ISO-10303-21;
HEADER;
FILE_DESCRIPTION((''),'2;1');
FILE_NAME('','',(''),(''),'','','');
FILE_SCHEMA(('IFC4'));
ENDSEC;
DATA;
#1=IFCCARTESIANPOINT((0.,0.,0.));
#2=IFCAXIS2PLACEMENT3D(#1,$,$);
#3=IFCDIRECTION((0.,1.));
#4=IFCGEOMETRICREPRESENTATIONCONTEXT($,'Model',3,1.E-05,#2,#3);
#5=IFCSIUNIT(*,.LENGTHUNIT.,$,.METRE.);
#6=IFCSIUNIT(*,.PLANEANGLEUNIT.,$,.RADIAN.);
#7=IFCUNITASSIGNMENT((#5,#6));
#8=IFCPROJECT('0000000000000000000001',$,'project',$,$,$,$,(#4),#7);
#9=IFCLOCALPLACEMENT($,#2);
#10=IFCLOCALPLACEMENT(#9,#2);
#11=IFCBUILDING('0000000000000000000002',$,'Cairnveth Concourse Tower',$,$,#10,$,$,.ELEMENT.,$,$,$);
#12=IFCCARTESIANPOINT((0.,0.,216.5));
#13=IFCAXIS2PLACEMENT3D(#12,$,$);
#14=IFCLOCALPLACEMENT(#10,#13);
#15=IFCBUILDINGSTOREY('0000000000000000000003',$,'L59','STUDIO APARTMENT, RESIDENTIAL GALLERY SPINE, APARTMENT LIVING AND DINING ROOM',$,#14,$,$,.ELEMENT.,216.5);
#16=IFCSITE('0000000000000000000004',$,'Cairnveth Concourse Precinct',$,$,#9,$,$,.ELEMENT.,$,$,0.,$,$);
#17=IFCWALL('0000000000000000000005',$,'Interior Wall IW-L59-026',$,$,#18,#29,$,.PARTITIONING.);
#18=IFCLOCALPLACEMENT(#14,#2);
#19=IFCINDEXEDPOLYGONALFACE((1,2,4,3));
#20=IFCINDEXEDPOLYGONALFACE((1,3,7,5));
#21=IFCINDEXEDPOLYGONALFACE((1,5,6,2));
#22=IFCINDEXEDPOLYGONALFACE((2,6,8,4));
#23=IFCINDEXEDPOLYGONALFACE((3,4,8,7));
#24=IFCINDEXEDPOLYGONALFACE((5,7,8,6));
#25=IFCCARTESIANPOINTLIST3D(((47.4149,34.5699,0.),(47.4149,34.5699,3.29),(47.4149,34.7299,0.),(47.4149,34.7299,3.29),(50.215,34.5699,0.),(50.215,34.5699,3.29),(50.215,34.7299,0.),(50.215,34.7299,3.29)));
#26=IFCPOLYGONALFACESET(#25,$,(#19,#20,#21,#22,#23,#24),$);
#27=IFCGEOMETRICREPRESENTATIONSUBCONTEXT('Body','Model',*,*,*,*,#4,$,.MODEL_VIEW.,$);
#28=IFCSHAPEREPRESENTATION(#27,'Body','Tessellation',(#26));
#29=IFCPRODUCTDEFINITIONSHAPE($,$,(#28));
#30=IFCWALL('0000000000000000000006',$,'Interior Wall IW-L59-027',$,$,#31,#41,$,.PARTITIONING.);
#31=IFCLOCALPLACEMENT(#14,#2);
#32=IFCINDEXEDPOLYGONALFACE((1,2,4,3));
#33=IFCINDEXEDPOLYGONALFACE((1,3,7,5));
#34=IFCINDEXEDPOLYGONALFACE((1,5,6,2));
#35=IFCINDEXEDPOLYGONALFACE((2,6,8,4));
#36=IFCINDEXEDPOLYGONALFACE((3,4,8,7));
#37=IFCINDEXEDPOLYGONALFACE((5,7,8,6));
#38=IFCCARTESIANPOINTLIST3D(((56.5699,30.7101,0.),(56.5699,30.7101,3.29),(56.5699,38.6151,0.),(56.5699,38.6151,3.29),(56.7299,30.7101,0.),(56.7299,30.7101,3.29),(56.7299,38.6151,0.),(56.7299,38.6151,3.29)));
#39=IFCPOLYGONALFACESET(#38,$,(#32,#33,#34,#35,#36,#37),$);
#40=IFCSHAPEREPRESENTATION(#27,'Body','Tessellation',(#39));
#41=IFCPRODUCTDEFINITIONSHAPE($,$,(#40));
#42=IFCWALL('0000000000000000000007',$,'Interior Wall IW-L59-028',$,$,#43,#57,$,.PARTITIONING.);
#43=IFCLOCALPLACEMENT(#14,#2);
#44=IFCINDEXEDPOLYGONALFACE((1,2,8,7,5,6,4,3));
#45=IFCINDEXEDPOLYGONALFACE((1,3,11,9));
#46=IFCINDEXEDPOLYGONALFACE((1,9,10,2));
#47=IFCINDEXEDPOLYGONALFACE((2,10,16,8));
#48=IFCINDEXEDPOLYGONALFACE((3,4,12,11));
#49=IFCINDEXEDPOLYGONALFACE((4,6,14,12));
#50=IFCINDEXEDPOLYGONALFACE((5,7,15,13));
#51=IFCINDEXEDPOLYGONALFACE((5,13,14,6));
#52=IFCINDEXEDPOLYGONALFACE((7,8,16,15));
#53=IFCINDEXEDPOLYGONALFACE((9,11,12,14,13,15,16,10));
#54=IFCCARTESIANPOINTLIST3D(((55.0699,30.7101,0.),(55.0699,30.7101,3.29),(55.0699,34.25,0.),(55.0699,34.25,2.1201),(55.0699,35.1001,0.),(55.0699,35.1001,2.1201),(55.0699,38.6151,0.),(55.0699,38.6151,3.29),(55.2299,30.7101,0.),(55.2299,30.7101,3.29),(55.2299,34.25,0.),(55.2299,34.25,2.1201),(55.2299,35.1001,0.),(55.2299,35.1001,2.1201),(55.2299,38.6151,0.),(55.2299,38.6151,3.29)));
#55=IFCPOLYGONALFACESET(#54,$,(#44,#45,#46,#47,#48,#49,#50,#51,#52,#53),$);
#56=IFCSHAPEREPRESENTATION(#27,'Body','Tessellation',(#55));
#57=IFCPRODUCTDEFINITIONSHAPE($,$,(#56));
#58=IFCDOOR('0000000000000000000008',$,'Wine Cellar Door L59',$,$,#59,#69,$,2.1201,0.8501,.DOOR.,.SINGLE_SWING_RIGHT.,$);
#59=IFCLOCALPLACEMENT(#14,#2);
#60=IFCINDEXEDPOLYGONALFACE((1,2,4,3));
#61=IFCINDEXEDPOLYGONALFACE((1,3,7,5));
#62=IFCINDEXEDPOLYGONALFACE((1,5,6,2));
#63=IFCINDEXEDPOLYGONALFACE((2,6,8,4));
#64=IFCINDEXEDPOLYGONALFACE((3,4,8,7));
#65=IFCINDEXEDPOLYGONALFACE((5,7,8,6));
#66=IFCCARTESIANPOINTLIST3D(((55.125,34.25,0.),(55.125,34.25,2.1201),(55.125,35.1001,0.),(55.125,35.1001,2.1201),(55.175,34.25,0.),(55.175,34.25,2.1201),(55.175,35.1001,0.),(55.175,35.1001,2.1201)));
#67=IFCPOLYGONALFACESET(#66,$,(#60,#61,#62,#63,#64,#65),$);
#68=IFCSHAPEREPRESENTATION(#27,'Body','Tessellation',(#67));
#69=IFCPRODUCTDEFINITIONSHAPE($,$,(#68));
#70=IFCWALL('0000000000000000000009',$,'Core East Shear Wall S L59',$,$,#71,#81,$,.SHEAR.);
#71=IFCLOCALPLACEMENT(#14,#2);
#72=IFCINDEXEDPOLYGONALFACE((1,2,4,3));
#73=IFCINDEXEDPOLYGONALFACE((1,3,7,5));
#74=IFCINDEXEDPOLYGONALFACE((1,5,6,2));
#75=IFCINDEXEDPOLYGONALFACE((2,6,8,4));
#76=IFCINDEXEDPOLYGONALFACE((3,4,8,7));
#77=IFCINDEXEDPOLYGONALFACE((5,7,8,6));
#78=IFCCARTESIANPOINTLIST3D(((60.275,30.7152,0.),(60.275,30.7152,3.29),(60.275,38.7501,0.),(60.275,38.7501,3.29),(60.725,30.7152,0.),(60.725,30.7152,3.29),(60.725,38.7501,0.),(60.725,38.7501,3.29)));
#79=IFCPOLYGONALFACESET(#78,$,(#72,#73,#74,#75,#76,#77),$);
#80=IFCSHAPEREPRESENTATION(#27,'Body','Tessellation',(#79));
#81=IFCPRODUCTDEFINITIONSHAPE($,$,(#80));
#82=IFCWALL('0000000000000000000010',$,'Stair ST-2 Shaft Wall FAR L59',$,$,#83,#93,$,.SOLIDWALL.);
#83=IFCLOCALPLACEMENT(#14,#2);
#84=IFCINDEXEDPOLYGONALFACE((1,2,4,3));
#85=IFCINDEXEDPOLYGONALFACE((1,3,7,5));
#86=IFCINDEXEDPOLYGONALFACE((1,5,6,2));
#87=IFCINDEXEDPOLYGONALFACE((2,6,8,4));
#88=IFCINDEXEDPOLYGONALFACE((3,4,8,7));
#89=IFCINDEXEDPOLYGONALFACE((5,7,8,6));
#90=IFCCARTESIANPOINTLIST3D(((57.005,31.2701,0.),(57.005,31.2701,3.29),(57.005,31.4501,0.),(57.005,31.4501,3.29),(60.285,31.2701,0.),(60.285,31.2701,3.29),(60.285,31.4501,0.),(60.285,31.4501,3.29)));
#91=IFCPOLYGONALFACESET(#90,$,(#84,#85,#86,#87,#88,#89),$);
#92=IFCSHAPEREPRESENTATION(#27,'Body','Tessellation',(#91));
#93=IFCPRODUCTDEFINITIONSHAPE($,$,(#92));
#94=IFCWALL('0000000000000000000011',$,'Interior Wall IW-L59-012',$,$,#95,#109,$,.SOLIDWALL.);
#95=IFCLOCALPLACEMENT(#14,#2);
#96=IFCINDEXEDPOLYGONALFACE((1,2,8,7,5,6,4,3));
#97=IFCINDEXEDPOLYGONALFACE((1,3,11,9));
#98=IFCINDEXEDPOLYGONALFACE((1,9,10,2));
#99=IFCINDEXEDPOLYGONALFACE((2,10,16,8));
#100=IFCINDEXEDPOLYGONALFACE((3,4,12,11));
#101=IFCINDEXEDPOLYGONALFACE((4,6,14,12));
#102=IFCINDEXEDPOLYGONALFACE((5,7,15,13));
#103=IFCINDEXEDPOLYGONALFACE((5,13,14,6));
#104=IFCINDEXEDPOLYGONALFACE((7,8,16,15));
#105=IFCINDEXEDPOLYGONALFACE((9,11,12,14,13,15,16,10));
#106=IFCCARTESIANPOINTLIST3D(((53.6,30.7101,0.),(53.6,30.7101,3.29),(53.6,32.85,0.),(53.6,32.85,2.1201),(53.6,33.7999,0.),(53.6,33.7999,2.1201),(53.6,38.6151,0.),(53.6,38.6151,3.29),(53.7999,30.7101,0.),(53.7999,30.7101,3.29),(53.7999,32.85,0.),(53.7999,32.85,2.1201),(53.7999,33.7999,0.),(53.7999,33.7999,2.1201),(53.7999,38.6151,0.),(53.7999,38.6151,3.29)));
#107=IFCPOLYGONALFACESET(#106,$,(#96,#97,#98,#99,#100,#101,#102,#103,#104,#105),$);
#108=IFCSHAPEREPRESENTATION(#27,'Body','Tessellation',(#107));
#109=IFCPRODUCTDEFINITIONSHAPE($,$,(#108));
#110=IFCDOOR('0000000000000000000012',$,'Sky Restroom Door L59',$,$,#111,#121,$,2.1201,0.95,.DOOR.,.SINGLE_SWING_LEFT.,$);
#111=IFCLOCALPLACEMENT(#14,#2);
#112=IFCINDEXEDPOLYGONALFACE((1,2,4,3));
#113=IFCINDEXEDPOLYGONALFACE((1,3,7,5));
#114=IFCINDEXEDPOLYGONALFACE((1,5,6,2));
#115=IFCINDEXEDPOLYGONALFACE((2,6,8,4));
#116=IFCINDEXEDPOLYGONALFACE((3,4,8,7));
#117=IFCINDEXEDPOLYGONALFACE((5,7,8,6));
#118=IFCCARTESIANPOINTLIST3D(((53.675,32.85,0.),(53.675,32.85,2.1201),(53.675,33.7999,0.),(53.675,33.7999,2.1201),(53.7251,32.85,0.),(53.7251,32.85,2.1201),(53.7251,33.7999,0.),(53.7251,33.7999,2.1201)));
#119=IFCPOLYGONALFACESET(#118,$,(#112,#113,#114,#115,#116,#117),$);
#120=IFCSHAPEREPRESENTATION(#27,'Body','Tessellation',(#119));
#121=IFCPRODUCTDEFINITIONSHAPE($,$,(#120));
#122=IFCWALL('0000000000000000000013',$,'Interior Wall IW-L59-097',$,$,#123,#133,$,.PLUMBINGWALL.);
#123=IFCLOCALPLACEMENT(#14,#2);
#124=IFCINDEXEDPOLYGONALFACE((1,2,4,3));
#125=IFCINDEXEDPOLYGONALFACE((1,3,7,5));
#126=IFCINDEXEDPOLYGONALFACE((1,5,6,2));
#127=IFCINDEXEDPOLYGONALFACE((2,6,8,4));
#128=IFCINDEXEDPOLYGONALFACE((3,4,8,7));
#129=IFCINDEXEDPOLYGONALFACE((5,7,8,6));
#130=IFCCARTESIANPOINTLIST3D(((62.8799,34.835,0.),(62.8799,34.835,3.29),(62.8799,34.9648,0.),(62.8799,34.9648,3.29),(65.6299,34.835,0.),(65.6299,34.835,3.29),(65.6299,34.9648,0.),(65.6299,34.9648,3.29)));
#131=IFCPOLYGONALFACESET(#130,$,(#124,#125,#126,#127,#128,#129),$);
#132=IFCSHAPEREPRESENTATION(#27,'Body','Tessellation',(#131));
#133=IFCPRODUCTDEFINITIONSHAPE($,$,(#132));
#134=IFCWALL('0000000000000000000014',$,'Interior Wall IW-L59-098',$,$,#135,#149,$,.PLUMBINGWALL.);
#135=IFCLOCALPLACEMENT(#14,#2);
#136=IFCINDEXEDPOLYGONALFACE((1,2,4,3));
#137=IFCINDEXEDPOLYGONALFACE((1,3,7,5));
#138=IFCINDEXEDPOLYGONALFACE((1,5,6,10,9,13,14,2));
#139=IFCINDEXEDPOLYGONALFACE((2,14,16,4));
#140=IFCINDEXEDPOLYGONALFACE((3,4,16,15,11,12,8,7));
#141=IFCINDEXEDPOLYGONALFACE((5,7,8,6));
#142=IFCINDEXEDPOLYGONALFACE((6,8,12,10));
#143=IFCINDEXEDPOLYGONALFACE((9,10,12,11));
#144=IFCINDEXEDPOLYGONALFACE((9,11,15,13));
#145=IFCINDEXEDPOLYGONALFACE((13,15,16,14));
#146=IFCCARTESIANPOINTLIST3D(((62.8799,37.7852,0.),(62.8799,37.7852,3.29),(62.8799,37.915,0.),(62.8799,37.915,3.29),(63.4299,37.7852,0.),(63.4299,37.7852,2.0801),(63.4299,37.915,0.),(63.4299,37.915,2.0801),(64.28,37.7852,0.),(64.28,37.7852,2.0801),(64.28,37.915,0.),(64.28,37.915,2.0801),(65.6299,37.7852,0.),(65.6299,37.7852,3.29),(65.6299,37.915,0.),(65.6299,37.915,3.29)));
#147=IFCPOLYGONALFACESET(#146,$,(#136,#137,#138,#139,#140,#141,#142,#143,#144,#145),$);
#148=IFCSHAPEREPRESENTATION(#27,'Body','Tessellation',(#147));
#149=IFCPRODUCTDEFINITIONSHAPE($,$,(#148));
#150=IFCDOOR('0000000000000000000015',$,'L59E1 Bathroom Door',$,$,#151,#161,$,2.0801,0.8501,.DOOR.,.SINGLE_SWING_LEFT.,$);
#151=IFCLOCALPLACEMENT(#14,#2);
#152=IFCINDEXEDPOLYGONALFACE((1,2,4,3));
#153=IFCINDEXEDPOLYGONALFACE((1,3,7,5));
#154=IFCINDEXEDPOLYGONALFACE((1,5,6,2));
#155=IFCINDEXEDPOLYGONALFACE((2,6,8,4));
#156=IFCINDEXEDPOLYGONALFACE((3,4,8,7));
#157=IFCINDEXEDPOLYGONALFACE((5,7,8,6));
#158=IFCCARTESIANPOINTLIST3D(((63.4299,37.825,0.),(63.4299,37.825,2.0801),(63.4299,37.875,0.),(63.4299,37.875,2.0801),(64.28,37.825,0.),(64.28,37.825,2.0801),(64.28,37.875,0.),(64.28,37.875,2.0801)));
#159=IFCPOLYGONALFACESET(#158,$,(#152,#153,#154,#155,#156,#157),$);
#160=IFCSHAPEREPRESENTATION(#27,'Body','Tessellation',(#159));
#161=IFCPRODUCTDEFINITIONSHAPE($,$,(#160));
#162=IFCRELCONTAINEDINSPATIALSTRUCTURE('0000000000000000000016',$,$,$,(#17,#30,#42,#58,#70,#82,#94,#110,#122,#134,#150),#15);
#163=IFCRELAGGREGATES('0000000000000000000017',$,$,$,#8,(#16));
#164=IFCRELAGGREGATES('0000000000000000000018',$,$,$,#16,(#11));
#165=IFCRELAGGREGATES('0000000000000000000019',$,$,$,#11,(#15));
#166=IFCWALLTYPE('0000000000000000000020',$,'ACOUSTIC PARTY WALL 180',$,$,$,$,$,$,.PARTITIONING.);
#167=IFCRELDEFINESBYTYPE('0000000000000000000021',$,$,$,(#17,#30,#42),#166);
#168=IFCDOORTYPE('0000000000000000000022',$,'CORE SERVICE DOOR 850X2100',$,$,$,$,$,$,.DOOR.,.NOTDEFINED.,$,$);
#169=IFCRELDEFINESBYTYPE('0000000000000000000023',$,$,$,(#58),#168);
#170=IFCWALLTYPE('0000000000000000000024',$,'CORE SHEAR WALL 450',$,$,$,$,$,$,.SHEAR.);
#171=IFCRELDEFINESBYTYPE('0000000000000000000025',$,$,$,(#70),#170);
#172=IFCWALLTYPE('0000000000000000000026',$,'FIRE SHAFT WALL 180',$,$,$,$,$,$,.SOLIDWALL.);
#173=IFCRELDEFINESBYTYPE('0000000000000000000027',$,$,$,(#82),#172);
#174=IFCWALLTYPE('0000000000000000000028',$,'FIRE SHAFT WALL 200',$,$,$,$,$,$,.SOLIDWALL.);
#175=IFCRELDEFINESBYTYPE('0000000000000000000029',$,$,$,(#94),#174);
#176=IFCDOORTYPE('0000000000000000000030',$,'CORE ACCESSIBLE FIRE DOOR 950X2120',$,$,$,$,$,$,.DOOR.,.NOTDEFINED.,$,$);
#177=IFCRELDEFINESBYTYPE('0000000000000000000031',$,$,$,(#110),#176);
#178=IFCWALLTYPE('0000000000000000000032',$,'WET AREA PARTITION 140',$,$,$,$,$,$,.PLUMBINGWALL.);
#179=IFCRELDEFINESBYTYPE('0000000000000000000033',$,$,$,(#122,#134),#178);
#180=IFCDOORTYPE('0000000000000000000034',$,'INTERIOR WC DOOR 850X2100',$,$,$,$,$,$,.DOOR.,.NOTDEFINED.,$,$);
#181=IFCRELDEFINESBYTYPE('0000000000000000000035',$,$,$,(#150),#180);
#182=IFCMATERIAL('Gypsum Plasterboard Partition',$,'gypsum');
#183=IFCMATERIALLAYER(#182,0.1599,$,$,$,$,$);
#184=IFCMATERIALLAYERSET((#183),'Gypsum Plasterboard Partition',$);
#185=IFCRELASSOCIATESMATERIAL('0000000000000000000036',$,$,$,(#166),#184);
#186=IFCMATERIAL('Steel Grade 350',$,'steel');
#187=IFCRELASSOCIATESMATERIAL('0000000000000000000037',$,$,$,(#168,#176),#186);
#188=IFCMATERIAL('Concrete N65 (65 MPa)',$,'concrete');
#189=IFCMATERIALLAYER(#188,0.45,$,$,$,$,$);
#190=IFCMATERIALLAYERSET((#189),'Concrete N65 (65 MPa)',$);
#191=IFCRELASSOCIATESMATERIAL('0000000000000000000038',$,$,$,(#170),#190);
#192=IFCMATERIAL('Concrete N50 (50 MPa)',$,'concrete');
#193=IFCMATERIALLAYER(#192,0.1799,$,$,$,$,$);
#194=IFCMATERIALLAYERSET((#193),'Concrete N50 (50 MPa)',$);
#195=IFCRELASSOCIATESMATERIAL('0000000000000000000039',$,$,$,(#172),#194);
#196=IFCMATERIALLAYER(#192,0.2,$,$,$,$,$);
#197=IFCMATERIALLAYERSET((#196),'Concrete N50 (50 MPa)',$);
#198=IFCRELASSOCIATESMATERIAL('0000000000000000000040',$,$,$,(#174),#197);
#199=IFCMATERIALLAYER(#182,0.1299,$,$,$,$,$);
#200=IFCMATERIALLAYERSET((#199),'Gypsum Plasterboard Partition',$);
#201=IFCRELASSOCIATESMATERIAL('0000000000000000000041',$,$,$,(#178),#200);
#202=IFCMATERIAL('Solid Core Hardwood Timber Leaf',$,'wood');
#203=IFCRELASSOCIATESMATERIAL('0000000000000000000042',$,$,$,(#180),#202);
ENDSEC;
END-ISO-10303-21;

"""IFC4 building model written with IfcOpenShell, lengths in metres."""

from ifc_helpers import new_model, si_unit, direction, frame, frame_2d, origin, place, context, subcontext, project, spatial, rectangle, extrude, material, layer, layer_set, type_object, element, fill, save


model = new_model("IFC4")

# Units and contexts
model_context = context("Model", 3, precision=1e-05, world=origin(), true_north=direction((0.0, 1.0)))
body_context = subcontext(model_context, "Body", "Model", "MODEL_VIEW")
ifc_project = project(units=[si_unit("LENGTHUNIT", "METRE"), si_unit("PLANEANGLEUNIT", "RADIAN")], contexts=[model_context])

# Site, building, storey
site_placement = place(None, origin())
site = spatial("IfcSite", under=ifc_project, at=site_placement, Name="Cairnveth Concourse Precinct", CompositionType="ELEMENT", RefElevation=0.0)
building_placement = place(site_placement, origin())
building = spatial("IfcBuilding", under=site, at=building_placement, Name="Cairnveth Concourse Tower", CompositionType="ELEMENT")
storey_placement = place(building_placement, frame((0.0, 0.0, 216.5)))
storey = spatial("IfcBuildingStorey", under=building, at=storey_placement, Name="L59", Description="STUDIO APARTMENT, RESIDENTIAL GALLERY SPINE, APARTMENT LIVING AND DINING ROOM", CompositionType="ELEMENT", Elevation=216.5)

# Walls
ifc_material_1 = material(Name="Gypsum Plasterboard Partition", Category="gypsum")
ifc_layer_1 = layer(ifc_material_1, 0.1599)
ifc_layer_set_1 = layer_set([ifc_layer_1], Name="Gypsum Plasterboard Partition")
wall_type_1 = type_object("IfcWallType", Name="ACOUSTIC PARTY WALL 180", PredefinedType="PARTITIONING", material=ifc_layer_set_1)
wall_1_placement = place(storey_placement, frame((47.415, 34.6499, 0.0), z_axis=(0.0, 0.0, 1.0), x_axis=(1.0, 0.0, 0.0)))
element("IfcWall", 1, at=wall_1_placement, inside=storey, type_object=wall_type_1, Name="Interior Wall IW-L59-026", PredefinedType="PARTITIONING", context=body_context, shape_type="SweptSolid", body=[
    extrude(rectangle(XDim=2.8, YDim=0.1599, at=frame_2d((1.3999, 0.0))), origin(), (0.0, 0.0, 1.0), 3.29),
])
wall_2_placement = place(storey_placement, frame((56.6499, 30.71, 0.0), z_axis=(0.0, 0.0, 1.0), x_axis=(0.0, 1.0, 0.0)))
element("IfcWall", 2, at=wall_2_placement, inside=storey, type_object=wall_type_1, Name="Interior Wall IW-L59-027", PredefinedType="PARTITIONING", context=body_context, shape_type="SweptSolid", body=[
    extrude(rectangle(XDim=7.905, YDim=0.1599, at=frame_2d((3.9526, 0.0))), origin(), (0.0, 0.0, 1.0), 3.29),
])

# Wall, opening, door
wall_3_placement = place(storey_placement, frame((55.1499, 30.71, 0.0), z_axis=(0.0, 0.0, 1.0), x_axis=(0.0, 1.0, 0.0)))
wall_3 = element("IfcWall", 3, at=wall_3_placement, inside=storey, type_object=wall_type_1, Name="Interior Wall IW-L59-028", PredefinedType="PARTITIONING", context=body_context, shape_type="SweptSolid", body=[
    extrude(rectangle(XDim=7.905, YDim=0.1599, at=frame_2d((3.9526, 0.0))), origin(), (0.0, 0.0, 1.0), 3.29),
])
opening_1_placement = place(wall_3_placement, frame((3.54, 0.0, 0.0)))
opening_1 = element("IfcOpeningElement", 4, at=opening_1_placement, cuts=wall_3, PredefinedType="OPENING", context=body_context, shape_type="SweptSolid", body=[
    extrude(rectangle(XDim=0.8501, YDim=2.1201, at=frame_2d((0.425, 1.0601))), frame((0.0, 0.0898, 0.0), z_axis=(0.0, -1.0, 0.0), x_axis=(1.0, 0.0, 0.0)), (0.0, 0.0, 1.0), 0.1799),
])
ifc_material_2 = material(Name="Steel Grade 350", Category="steel")
door_type_1 = type_object("IfcDoorType", Name="CORE SERVICE DOOR 850X2100", OperationType="NOTDEFINED", PredefinedType="DOOR", material=ifc_material_2)
door_1_placement = place(opening_1_placement, origin())
door_1 = element("IfcDoor", 5, at=door_1_placement, inside=storey, type_object=door_type_1, Name="Wine Cellar Door L59", OperationType="SINGLE_SWING_RIGHT", OverallHeight=2.1201, OverallWidth=0.8501, PredefinedType="DOOR", context=body_context, shape_type="SweptSolid", body=[
    extrude(rectangle(XDim=0.8501, YDim=2.1201, at=frame_2d((0.425, 1.0601))), frame((0.0, 0.0249, 0.0), z_axis=(0.0, -1.0, 0.0), x_axis=(1.0, 0.0, 0.0)), (0.0, 0.0, 1.0), 0.05),
])
fill(opening_1, door_1)

# Walls
ifc_material_3 = material(Name="Concrete N65 (65 MPa)", Category="concrete")
ifc_layer_2 = layer(ifc_material_3, 0.45)
ifc_layer_set_2 = layer_set([ifc_layer_2], Name="Concrete N65 (65 MPa)")
wall_type_2 = type_object("IfcWallType", Name="CORE SHEAR WALL 450", PredefinedType="SHEAR", material=ifc_layer_set_2)
wall_4_placement = place(storey_placement, frame((60.5, 30.7151, 0.0), z_axis=(0.0, 0.0, 1.0), x_axis=(0.0, 1.0, 0.0)))
element("IfcWall", 6, at=wall_4_placement, inside=storey, type_object=wall_type_2, Name="Core East Shear Wall S L59", PredefinedType="SHEAR", context=body_context, shape_type="SweptSolid", body=[
    extrude(rectangle(XDim=8.0349, YDim=0.45, at=frame_2d((4.0176, 0.0))), origin(), (0.0, 0.0, 1.0), 3.29),
])
ifc_material_4 = material(Name="Concrete N50 (50 MPa)", Category="concrete")
ifc_layer_3 = layer(ifc_material_4, 0.1799)
ifc_layer_set_3 = layer_set([ifc_layer_3], Name="Concrete N50 (50 MPa)")
wall_type_3 = type_object("IfcWallType", Name="FIRE SHAFT WALL 180", PredefinedType="SOLIDWALL", material=ifc_layer_set_3)
wall_5_placement = place(storey_placement, frame((57.0049, 31.3601, 0.0), z_axis=(0.0, 0.0, 1.0), x_axis=(1.0, 0.0, 0.0)))
element("IfcWall", 7, at=wall_5_placement, inside=storey, type_object=wall_type_3, Name="Stair ST-2 Shaft Wall FAR L59", PredefinedType="SOLIDWALL", context=body_context, shape_type="SweptSolid", body=[
    extrude(rectangle(XDim=3.28, YDim=0.1799, at=frame_2d((1.6401, 0.0))), origin(), (0.0, 0.0, 1.0), 3.29),
])

# Shared definitions
ifc_layer_4 = layer(ifc_material_4, 0.2)
ifc_layer_set_4 = layer_set([ifc_layer_4], Name="Concrete N50 (50 MPa)")
wall_type_4 = type_object("IfcWallType", Name="FIRE SHAFT WALL 200", PredefinedType="SOLIDWALL", material=ifc_layer_set_4)

# Wall, opening, door
wall_6_placement = place(storey_placement, frame((53.7, 30.71, 0.0), z_axis=(0.0, 0.0, 1.0), x_axis=(0.0, 1.0, 0.0)))
wall_6 = element("IfcWall", 8, at=wall_6_placement, inside=storey, type_object=wall_type_4, Name="Interior Wall IW-L59-012", PredefinedType="SOLIDWALL", context=body_context, shape_type="SweptSolid", body=[
    extrude(rectangle(XDim=7.905, YDim=0.2, at=frame_2d((3.9526, 0.0))), origin(), (0.0, 0.0, 1.0), 3.29),
])
opening_2_placement = place(wall_6_placement, frame((2.1399, 0.0, 0.0)))
opening_2 = element("IfcOpeningElement", 9, at=opening_2_placement, cuts=wall_6, PredefinedType="OPENING", context=body_context, shape_type="SweptSolid", body=[
    extrude(rectangle(XDim=0.95, YDim=2.1201, at=frame_2d((0.4751, 1.0601))), frame((0.0, 0.1099, 0.0), z_axis=(0.0, -1.0, 0.0), x_axis=(1.0, 0.0, 0.0)), (0.0, 0.0, 1.0), 0.22),
])
door_type_2 = type_object("IfcDoorType", Name="CORE ACCESSIBLE FIRE DOOR 950X2120", OperationType="NOTDEFINED", PredefinedType="DOOR", material=ifc_material_2)
door_2_placement = place(opening_2_placement, origin())
door_2 = element("IfcDoor", 10, at=door_2_placement, inside=storey, type_object=door_type_2, Name="Sky Restroom Door L59", OperationType="SINGLE_SWING_LEFT", OverallHeight=2.1201, OverallWidth=0.95, PredefinedType="DOOR", context=body_context, shape_type="SweptSolid", body=[
    extrude(rectangle(XDim=0.95, YDim=2.1201, at=frame_2d((0.4751, 1.0601))), frame((0.0, 0.0249, 0.0), z_axis=(0.0, -1.0, 0.0), x_axis=(1.0, 0.0, 0.0)), (0.0, 0.0, 1.0), 0.05),
])
fill(opening_2, door_2)

# Wall
ifc_layer_5 = layer(ifc_material_1, 0.1299)
ifc_layer_set_5 = layer_set([ifc_layer_5], Name="Gypsum Plasterboard Partition")
wall_type_5 = type_object("IfcWallType", Name="WET AREA PARTITION 140", PredefinedType="PLUMBINGWALL", material=ifc_layer_set_5)
wall_7_placement = place(storey_placement, frame((62.8799, 34.8999, 0.0), z_axis=(0.0, 0.0, 1.0), x_axis=(1.0, 0.0, 0.0)))
element("IfcWall", 11, at=wall_7_placement, inside=storey, type_object=wall_type_5, Name="Interior Wall IW-L59-097", PredefinedType="PLUMBINGWALL", context=body_context, shape_type="SweptSolid", body=[
    extrude(rectangle(XDim=2.75, YDim=0.1299, at=frame_2d((1.375, 0.0))), origin(), (0.0, 0.0, 1.0), 3.29),
])

# Wall, opening, door
wall_8_placement = place(storey_placement, frame((62.8799, 37.8501, 0.0), z_axis=(0.0, 0.0, 1.0), x_axis=(1.0, 0.0, 0.0)))
wall_8 = element("IfcWall", 12, at=wall_8_placement, inside=storey, type_object=wall_type_5, Name="Interior Wall IW-L59-098", PredefinedType="PLUMBINGWALL", context=body_context, shape_type="SweptSolid", body=[
    extrude(rectangle(XDim=2.75, YDim=0.1299, at=frame_2d((1.375, 0.0))), origin(), (0.0, 0.0, 1.0), 3.29),
])
opening_3_placement = place(wall_8_placement, frame((0.55, 0.0, 0.0)))
opening_3 = element("IfcOpeningElement", 13, at=opening_3_placement, cuts=wall_8, PredefinedType="OPENING", context=body_context, shape_type="SweptSolid", body=[
    extrude(rectangle(XDim=0.8501, YDim=2.0801, at=frame_2d((0.425, 1.04))), frame((0.0, 0.075, 0.0), z_axis=(0.0, -1.0, 0.0), x_axis=(1.0, 0.0, 0.0)), (0.0, 0.0, 1.0), 0.1499),
])
ifc_material_5 = material(Name="Solid Core Hardwood Timber Leaf", Category="wood")
door_type_3 = type_object("IfcDoorType", Name="INTERIOR WC DOOR 850X2100", OperationType="NOTDEFINED", PredefinedType="DOOR", material=ifc_material_5)
door_3_placement = place(opening_3_placement, origin())
door_3 = element("IfcDoor", 14, at=door_3_placement, inside=storey, type_object=door_type_3, Name="L59E1 Bathroom Door", OperationType="SINGLE_SWING_LEFT", OverallHeight=2.0801, OverallWidth=0.8501, PredefinedType="DOOR", context=body_context, shape_type="SweptSolid", body=[
    extrude(rectangle(XDim=0.8501, YDim=2.0801, at=frame_2d((0.425, 1.04))), frame((0.0, 0.0249, 0.0), z_axis=(0.0, -1.0, 0.0), x_axis=(1.0, 0.0, 0.0)), (0.0, 0.0, 1.0), 0.05),
])
fill(opening_3, door_3)

save(model, "model.ifc")
